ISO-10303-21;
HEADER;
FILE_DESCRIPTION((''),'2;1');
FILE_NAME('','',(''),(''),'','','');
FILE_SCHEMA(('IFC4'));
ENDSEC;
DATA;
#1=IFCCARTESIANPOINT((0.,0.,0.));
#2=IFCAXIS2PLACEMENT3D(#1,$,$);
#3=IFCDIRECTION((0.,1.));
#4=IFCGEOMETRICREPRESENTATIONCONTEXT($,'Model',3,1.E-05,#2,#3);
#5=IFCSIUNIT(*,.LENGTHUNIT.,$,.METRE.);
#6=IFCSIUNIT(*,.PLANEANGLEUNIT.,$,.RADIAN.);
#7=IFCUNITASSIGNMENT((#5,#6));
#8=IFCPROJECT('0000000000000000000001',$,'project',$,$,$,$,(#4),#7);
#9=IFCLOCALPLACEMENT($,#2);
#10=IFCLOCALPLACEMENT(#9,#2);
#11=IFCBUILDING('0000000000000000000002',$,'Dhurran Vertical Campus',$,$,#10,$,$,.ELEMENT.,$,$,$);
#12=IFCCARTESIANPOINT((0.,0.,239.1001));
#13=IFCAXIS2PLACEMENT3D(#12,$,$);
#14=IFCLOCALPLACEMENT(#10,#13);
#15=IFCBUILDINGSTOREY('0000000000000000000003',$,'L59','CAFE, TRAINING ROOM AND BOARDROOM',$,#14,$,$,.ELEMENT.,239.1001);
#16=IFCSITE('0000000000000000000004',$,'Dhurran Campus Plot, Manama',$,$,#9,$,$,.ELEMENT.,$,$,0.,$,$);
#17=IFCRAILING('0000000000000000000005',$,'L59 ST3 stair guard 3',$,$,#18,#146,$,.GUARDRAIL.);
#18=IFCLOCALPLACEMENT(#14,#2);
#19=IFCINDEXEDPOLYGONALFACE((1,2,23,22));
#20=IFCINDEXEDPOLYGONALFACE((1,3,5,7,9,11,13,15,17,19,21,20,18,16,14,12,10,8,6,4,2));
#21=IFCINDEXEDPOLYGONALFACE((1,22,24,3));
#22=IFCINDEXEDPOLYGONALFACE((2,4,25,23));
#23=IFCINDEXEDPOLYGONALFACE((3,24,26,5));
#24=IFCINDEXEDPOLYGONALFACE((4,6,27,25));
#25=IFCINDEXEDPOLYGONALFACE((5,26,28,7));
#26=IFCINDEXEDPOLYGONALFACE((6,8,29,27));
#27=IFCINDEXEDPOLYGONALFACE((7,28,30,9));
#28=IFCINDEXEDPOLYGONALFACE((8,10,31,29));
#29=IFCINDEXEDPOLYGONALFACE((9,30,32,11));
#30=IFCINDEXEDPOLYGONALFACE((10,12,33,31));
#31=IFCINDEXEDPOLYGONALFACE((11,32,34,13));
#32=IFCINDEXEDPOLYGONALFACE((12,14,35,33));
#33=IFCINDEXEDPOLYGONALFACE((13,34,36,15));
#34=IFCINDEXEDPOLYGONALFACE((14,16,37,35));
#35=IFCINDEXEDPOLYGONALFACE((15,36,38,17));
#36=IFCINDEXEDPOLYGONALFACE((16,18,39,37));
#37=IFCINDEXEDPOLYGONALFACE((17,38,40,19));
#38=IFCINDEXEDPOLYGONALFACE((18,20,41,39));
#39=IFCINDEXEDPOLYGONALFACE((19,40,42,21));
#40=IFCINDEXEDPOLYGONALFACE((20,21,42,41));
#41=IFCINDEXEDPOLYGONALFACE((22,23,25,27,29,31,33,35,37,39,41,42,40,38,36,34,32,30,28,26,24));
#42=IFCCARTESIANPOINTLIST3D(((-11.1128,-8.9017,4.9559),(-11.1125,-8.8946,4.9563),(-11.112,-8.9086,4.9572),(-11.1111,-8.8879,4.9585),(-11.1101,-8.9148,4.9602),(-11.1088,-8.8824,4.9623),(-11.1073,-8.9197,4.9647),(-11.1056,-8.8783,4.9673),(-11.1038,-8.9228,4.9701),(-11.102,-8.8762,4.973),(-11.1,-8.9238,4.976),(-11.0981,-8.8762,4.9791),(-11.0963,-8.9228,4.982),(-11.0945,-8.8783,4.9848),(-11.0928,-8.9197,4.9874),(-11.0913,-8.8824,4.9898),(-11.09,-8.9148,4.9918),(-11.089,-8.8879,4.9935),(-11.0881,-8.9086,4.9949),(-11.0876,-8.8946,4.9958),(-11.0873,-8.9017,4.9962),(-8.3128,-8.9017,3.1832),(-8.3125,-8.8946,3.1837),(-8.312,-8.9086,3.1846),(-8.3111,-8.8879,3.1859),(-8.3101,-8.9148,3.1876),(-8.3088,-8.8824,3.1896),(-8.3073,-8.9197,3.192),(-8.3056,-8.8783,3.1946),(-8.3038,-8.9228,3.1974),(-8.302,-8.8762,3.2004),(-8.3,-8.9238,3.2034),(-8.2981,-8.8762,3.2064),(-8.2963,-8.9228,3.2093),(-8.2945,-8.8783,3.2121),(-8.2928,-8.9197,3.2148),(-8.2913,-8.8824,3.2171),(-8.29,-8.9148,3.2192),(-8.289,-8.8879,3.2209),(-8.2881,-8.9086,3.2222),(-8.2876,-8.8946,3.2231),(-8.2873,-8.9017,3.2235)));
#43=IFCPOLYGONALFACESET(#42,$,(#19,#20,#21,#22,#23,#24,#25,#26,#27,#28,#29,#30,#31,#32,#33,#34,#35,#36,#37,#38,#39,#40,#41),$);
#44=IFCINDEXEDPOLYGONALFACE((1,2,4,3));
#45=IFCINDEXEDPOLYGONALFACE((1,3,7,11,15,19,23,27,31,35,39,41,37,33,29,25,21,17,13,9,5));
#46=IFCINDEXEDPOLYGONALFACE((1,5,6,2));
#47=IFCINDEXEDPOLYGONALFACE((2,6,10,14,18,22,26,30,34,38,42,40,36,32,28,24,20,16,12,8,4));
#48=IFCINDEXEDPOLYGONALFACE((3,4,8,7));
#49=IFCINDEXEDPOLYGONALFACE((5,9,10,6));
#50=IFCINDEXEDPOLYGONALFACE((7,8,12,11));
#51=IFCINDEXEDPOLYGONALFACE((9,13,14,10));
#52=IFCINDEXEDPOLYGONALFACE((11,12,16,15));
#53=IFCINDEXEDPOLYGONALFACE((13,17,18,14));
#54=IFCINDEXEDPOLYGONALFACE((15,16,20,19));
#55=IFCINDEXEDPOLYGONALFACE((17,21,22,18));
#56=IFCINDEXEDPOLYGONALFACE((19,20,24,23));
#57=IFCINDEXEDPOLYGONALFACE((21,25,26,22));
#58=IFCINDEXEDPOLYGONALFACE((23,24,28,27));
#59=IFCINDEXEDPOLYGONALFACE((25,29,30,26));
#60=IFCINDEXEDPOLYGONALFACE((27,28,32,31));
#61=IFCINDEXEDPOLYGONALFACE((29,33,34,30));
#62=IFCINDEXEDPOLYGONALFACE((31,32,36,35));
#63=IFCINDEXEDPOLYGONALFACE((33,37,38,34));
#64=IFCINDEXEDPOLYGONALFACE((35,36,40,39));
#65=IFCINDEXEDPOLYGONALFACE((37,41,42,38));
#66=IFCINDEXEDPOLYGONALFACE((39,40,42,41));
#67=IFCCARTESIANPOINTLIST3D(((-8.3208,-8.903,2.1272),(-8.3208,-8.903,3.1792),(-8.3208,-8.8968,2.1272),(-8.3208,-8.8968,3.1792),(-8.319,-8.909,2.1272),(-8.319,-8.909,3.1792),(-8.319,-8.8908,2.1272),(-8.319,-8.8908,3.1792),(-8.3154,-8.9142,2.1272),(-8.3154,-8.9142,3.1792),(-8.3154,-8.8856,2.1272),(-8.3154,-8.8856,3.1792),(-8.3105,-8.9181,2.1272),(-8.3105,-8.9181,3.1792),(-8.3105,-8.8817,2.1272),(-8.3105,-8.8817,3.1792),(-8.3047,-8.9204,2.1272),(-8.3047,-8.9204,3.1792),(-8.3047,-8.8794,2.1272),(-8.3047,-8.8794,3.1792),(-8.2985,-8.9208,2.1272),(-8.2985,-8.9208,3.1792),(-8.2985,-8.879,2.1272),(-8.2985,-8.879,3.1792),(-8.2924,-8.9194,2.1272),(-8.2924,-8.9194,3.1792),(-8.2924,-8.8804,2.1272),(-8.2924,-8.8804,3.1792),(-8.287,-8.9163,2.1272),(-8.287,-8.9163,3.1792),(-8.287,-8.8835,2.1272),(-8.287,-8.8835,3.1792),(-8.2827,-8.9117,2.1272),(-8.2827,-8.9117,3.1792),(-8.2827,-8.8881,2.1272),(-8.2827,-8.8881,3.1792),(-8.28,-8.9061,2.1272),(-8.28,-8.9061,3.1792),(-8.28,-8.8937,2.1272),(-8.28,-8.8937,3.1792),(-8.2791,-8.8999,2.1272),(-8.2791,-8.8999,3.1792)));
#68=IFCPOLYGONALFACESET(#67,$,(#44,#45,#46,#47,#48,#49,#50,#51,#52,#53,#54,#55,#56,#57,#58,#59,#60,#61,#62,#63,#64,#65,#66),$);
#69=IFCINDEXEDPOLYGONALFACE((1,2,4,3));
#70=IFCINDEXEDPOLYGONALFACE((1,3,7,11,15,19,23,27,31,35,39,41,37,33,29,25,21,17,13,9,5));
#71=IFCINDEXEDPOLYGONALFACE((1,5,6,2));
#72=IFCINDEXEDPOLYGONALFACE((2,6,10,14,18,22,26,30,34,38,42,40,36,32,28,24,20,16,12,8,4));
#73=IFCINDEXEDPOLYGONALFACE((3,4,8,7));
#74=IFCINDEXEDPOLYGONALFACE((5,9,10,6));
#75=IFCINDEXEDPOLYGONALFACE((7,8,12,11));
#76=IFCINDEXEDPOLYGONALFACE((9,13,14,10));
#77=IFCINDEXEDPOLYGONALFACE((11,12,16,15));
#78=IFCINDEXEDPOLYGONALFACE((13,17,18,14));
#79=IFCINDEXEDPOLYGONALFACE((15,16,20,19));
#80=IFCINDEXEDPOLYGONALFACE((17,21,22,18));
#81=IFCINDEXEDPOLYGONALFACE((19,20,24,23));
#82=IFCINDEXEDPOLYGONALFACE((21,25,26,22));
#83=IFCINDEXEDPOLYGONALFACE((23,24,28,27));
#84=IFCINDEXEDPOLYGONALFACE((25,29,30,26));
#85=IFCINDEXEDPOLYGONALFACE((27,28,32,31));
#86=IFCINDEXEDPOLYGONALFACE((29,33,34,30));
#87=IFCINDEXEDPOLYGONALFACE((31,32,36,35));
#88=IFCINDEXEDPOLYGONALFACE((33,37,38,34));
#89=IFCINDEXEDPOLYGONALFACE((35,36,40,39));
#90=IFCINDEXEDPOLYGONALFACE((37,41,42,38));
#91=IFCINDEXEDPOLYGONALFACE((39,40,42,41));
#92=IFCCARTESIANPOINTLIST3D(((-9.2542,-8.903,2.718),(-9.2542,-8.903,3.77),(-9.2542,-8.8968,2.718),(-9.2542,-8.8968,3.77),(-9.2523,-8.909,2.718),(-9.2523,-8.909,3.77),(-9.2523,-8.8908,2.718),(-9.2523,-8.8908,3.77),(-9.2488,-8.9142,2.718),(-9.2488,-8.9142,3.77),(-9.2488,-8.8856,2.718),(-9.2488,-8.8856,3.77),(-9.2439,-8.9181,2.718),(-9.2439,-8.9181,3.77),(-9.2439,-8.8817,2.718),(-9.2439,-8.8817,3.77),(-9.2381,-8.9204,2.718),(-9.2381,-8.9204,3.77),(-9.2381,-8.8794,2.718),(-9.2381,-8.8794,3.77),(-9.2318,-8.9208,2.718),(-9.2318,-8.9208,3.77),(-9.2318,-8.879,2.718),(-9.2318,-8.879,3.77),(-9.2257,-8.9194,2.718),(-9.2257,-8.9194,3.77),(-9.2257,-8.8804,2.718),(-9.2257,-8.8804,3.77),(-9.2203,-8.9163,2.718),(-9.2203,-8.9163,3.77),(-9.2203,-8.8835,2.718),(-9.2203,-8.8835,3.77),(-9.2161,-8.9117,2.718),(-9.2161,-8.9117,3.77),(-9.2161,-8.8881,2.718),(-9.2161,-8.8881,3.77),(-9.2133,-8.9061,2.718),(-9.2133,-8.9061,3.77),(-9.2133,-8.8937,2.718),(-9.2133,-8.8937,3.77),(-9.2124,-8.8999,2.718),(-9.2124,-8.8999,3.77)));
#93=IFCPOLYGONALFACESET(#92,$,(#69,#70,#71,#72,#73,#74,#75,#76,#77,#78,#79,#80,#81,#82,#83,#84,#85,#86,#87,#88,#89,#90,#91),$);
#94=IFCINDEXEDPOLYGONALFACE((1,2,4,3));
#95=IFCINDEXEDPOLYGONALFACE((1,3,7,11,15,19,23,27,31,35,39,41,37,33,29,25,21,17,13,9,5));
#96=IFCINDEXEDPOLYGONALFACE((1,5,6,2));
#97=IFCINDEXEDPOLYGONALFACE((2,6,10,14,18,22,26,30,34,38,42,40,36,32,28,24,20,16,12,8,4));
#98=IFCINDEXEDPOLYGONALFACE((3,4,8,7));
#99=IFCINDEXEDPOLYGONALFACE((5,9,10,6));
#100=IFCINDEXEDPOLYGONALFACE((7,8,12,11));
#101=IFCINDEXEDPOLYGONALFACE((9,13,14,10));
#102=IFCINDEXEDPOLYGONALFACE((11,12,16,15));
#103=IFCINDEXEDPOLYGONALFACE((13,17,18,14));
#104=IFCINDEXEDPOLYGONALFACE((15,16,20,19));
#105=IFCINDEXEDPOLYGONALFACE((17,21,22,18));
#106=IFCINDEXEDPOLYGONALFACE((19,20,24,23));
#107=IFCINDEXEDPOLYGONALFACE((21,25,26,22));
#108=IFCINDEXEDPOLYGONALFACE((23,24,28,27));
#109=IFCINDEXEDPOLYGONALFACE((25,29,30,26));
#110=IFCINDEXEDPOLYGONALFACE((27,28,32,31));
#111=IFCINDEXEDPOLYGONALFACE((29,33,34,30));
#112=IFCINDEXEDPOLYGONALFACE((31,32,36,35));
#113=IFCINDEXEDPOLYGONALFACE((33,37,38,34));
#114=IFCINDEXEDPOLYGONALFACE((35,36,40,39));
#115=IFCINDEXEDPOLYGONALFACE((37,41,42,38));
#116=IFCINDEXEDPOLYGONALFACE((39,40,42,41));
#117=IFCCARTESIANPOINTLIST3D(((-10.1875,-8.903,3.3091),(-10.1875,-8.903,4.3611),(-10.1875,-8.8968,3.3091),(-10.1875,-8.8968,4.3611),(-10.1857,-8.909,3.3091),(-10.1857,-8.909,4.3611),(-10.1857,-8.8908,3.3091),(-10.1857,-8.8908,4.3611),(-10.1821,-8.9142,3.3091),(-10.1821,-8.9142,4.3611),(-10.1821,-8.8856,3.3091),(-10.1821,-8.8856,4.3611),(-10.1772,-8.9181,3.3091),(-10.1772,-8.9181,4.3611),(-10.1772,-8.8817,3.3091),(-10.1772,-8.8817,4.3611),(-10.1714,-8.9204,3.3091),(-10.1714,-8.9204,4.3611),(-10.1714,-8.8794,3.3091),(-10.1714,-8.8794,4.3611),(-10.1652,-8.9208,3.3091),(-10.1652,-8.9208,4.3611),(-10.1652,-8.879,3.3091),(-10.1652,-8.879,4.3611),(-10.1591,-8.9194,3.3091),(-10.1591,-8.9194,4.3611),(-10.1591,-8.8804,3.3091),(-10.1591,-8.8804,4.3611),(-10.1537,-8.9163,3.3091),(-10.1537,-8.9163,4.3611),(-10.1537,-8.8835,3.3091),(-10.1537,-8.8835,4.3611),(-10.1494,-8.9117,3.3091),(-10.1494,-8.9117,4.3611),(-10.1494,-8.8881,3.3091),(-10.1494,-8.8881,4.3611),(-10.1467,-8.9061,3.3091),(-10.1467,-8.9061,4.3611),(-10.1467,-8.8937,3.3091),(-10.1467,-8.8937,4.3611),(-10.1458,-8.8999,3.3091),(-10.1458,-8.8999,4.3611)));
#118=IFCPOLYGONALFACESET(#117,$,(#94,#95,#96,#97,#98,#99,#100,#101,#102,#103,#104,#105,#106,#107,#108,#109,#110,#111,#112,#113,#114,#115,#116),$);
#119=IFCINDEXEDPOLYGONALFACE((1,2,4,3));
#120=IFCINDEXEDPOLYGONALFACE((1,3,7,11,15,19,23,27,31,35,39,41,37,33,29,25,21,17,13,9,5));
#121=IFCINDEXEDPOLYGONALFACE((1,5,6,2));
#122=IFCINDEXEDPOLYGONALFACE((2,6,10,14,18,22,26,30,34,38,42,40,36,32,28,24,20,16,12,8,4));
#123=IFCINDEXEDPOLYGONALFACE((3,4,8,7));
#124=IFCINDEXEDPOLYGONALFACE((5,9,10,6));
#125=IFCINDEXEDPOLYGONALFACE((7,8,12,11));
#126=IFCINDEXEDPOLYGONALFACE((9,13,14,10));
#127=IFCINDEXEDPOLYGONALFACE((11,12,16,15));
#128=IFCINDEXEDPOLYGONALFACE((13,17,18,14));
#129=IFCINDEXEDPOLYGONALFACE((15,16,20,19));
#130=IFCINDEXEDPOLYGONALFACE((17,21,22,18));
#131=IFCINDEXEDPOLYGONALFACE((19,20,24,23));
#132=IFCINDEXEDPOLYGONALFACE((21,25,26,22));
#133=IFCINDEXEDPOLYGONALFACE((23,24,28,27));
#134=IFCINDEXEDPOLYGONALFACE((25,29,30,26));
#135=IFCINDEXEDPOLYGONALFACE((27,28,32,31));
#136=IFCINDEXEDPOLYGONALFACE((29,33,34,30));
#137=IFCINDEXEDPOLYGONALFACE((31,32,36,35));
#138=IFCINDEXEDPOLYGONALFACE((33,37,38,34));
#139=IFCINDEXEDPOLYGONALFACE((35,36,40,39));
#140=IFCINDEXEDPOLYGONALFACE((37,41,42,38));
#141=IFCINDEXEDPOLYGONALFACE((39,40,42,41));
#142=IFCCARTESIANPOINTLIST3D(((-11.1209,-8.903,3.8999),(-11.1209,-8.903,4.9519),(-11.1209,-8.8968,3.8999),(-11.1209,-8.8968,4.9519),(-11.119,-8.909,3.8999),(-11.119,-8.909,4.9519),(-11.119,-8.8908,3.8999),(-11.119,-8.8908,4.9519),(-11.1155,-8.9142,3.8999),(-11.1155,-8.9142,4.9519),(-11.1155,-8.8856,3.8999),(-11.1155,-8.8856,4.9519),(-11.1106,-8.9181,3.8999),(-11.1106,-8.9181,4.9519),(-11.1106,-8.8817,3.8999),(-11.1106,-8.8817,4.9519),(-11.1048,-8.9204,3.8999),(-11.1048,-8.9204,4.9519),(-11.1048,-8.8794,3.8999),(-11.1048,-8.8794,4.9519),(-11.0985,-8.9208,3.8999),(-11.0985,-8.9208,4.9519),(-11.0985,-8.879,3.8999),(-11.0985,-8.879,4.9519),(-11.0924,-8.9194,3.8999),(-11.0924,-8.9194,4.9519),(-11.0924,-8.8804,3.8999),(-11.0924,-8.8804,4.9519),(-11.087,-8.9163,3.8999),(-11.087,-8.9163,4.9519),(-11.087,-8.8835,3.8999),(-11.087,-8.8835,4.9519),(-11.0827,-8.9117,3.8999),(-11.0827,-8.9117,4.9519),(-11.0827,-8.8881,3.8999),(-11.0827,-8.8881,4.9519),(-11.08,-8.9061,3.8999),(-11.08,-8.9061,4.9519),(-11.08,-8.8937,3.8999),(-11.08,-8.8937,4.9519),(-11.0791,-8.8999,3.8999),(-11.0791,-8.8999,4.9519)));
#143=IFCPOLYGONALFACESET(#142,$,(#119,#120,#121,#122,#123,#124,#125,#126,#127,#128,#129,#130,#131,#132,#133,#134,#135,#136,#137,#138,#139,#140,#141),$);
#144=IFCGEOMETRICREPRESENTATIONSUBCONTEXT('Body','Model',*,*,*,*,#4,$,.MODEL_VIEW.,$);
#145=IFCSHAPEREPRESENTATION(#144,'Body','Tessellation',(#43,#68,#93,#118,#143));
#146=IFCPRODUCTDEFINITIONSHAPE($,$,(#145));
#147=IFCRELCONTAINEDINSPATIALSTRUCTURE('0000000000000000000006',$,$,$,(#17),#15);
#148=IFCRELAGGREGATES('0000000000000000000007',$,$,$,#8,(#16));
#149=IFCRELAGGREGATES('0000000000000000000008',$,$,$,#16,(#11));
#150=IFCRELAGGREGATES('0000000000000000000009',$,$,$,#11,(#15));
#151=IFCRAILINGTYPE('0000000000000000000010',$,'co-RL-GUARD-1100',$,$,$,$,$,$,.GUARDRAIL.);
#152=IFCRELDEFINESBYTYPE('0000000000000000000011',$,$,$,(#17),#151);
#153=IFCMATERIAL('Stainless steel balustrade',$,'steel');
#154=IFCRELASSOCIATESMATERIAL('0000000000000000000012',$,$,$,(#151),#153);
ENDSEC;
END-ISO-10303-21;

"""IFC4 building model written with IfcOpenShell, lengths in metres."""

from ifc_helpers import new_model, si_unit, direction, frame, origin, origin_2d, place, context, subcontext, project, spatial, circle, extrude, material, type_object, element, save


model = new_model("IFC4")

# Units and contexts
model_context = context("Model", 3, precision=1e-05, world=origin(), true_north=direction((0.0, 1.0)))
body_context = subcontext(model_context, "Body", "Model", "MODEL_VIEW")
ifc_project = project(units=[si_unit("LENGTHUNIT", "METRE"), si_unit("PLANEANGLEUNIT", "RADIAN")], contexts=[model_context])

# Site, building, storey
site_placement = place(None, origin())
site = spatial("IfcSite", under=ifc_project, at=site_placement, Name="Dhurran Campus Plot, Manama", CompositionType="ELEMENT", RefElevation=0.0)
building_placement = place(site_placement, origin())
building = spatial("IfcBuilding", under=site, at=building_placement, Name="Dhurran Vertical Campus", CompositionType="ELEMENT")
storey_placement = place(building_placement, frame((0.0, 0.0, 239.1001)))
storey = spatial("IfcBuildingStorey", under=building, at=storey_placement, Name="L59", Description="CAFE, TRAINING ROOM AND BOARDROOM", CompositionType="ELEMENT", Elevation=239.1001)

# Railing
ifc_material_1 = material(Name="Stainless steel balustrade", Category="steel")
railing_type_1 = type_object("IfcRailingType", Name="co-RL-GUARD-1100", PredefinedType="GUARDRAIL", material=ifc_material_1)
railing_1_placement = place(storey_placement, frame((-8.3, -8.8999, 2.1272)))
element("IfcRailing", 1, at=railing_1_placement, inside=storey, type_object=railing_type_1, Name="L59 ST3 stair guard 3", PredefinedType="GUARDRAIL", context=body_context, shape_type="SweptSolid", body=[
    extrude(circle(Radius=0.0239, at=origin_2d()), frame((0.0, 0.0, 1.0762), z_axis=(-0.844909, 0.0, 0.53491), x_axis=(0.0, -1.0, 0.0)), (0.0, 0.0, 1.0), 3.314),
    extrude(circle(Radius=0.021, at=origin_2d()), origin(), (0.0, 0.0, 1.0), 1.052),
    extrude(circle(Radius=0.021, at=origin_2d()), frame((-0.9333, 0.0, 0.5908)), (0.0, 0.0, 1.0), 1.052),
    extrude(circle(Radius=0.021, at=origin_2d()), frame((-1.8667, 0.0, 1.1819)), (0.0, 0.0, 1.0), 1.052),
    extrude(circle(Radius=0.021, at=origin_2d()), frame((-2.8, 0.0, 1.7727)), (0.0, 0.0, 1.0), 1.052),
])

save(model, "model.ifc")
